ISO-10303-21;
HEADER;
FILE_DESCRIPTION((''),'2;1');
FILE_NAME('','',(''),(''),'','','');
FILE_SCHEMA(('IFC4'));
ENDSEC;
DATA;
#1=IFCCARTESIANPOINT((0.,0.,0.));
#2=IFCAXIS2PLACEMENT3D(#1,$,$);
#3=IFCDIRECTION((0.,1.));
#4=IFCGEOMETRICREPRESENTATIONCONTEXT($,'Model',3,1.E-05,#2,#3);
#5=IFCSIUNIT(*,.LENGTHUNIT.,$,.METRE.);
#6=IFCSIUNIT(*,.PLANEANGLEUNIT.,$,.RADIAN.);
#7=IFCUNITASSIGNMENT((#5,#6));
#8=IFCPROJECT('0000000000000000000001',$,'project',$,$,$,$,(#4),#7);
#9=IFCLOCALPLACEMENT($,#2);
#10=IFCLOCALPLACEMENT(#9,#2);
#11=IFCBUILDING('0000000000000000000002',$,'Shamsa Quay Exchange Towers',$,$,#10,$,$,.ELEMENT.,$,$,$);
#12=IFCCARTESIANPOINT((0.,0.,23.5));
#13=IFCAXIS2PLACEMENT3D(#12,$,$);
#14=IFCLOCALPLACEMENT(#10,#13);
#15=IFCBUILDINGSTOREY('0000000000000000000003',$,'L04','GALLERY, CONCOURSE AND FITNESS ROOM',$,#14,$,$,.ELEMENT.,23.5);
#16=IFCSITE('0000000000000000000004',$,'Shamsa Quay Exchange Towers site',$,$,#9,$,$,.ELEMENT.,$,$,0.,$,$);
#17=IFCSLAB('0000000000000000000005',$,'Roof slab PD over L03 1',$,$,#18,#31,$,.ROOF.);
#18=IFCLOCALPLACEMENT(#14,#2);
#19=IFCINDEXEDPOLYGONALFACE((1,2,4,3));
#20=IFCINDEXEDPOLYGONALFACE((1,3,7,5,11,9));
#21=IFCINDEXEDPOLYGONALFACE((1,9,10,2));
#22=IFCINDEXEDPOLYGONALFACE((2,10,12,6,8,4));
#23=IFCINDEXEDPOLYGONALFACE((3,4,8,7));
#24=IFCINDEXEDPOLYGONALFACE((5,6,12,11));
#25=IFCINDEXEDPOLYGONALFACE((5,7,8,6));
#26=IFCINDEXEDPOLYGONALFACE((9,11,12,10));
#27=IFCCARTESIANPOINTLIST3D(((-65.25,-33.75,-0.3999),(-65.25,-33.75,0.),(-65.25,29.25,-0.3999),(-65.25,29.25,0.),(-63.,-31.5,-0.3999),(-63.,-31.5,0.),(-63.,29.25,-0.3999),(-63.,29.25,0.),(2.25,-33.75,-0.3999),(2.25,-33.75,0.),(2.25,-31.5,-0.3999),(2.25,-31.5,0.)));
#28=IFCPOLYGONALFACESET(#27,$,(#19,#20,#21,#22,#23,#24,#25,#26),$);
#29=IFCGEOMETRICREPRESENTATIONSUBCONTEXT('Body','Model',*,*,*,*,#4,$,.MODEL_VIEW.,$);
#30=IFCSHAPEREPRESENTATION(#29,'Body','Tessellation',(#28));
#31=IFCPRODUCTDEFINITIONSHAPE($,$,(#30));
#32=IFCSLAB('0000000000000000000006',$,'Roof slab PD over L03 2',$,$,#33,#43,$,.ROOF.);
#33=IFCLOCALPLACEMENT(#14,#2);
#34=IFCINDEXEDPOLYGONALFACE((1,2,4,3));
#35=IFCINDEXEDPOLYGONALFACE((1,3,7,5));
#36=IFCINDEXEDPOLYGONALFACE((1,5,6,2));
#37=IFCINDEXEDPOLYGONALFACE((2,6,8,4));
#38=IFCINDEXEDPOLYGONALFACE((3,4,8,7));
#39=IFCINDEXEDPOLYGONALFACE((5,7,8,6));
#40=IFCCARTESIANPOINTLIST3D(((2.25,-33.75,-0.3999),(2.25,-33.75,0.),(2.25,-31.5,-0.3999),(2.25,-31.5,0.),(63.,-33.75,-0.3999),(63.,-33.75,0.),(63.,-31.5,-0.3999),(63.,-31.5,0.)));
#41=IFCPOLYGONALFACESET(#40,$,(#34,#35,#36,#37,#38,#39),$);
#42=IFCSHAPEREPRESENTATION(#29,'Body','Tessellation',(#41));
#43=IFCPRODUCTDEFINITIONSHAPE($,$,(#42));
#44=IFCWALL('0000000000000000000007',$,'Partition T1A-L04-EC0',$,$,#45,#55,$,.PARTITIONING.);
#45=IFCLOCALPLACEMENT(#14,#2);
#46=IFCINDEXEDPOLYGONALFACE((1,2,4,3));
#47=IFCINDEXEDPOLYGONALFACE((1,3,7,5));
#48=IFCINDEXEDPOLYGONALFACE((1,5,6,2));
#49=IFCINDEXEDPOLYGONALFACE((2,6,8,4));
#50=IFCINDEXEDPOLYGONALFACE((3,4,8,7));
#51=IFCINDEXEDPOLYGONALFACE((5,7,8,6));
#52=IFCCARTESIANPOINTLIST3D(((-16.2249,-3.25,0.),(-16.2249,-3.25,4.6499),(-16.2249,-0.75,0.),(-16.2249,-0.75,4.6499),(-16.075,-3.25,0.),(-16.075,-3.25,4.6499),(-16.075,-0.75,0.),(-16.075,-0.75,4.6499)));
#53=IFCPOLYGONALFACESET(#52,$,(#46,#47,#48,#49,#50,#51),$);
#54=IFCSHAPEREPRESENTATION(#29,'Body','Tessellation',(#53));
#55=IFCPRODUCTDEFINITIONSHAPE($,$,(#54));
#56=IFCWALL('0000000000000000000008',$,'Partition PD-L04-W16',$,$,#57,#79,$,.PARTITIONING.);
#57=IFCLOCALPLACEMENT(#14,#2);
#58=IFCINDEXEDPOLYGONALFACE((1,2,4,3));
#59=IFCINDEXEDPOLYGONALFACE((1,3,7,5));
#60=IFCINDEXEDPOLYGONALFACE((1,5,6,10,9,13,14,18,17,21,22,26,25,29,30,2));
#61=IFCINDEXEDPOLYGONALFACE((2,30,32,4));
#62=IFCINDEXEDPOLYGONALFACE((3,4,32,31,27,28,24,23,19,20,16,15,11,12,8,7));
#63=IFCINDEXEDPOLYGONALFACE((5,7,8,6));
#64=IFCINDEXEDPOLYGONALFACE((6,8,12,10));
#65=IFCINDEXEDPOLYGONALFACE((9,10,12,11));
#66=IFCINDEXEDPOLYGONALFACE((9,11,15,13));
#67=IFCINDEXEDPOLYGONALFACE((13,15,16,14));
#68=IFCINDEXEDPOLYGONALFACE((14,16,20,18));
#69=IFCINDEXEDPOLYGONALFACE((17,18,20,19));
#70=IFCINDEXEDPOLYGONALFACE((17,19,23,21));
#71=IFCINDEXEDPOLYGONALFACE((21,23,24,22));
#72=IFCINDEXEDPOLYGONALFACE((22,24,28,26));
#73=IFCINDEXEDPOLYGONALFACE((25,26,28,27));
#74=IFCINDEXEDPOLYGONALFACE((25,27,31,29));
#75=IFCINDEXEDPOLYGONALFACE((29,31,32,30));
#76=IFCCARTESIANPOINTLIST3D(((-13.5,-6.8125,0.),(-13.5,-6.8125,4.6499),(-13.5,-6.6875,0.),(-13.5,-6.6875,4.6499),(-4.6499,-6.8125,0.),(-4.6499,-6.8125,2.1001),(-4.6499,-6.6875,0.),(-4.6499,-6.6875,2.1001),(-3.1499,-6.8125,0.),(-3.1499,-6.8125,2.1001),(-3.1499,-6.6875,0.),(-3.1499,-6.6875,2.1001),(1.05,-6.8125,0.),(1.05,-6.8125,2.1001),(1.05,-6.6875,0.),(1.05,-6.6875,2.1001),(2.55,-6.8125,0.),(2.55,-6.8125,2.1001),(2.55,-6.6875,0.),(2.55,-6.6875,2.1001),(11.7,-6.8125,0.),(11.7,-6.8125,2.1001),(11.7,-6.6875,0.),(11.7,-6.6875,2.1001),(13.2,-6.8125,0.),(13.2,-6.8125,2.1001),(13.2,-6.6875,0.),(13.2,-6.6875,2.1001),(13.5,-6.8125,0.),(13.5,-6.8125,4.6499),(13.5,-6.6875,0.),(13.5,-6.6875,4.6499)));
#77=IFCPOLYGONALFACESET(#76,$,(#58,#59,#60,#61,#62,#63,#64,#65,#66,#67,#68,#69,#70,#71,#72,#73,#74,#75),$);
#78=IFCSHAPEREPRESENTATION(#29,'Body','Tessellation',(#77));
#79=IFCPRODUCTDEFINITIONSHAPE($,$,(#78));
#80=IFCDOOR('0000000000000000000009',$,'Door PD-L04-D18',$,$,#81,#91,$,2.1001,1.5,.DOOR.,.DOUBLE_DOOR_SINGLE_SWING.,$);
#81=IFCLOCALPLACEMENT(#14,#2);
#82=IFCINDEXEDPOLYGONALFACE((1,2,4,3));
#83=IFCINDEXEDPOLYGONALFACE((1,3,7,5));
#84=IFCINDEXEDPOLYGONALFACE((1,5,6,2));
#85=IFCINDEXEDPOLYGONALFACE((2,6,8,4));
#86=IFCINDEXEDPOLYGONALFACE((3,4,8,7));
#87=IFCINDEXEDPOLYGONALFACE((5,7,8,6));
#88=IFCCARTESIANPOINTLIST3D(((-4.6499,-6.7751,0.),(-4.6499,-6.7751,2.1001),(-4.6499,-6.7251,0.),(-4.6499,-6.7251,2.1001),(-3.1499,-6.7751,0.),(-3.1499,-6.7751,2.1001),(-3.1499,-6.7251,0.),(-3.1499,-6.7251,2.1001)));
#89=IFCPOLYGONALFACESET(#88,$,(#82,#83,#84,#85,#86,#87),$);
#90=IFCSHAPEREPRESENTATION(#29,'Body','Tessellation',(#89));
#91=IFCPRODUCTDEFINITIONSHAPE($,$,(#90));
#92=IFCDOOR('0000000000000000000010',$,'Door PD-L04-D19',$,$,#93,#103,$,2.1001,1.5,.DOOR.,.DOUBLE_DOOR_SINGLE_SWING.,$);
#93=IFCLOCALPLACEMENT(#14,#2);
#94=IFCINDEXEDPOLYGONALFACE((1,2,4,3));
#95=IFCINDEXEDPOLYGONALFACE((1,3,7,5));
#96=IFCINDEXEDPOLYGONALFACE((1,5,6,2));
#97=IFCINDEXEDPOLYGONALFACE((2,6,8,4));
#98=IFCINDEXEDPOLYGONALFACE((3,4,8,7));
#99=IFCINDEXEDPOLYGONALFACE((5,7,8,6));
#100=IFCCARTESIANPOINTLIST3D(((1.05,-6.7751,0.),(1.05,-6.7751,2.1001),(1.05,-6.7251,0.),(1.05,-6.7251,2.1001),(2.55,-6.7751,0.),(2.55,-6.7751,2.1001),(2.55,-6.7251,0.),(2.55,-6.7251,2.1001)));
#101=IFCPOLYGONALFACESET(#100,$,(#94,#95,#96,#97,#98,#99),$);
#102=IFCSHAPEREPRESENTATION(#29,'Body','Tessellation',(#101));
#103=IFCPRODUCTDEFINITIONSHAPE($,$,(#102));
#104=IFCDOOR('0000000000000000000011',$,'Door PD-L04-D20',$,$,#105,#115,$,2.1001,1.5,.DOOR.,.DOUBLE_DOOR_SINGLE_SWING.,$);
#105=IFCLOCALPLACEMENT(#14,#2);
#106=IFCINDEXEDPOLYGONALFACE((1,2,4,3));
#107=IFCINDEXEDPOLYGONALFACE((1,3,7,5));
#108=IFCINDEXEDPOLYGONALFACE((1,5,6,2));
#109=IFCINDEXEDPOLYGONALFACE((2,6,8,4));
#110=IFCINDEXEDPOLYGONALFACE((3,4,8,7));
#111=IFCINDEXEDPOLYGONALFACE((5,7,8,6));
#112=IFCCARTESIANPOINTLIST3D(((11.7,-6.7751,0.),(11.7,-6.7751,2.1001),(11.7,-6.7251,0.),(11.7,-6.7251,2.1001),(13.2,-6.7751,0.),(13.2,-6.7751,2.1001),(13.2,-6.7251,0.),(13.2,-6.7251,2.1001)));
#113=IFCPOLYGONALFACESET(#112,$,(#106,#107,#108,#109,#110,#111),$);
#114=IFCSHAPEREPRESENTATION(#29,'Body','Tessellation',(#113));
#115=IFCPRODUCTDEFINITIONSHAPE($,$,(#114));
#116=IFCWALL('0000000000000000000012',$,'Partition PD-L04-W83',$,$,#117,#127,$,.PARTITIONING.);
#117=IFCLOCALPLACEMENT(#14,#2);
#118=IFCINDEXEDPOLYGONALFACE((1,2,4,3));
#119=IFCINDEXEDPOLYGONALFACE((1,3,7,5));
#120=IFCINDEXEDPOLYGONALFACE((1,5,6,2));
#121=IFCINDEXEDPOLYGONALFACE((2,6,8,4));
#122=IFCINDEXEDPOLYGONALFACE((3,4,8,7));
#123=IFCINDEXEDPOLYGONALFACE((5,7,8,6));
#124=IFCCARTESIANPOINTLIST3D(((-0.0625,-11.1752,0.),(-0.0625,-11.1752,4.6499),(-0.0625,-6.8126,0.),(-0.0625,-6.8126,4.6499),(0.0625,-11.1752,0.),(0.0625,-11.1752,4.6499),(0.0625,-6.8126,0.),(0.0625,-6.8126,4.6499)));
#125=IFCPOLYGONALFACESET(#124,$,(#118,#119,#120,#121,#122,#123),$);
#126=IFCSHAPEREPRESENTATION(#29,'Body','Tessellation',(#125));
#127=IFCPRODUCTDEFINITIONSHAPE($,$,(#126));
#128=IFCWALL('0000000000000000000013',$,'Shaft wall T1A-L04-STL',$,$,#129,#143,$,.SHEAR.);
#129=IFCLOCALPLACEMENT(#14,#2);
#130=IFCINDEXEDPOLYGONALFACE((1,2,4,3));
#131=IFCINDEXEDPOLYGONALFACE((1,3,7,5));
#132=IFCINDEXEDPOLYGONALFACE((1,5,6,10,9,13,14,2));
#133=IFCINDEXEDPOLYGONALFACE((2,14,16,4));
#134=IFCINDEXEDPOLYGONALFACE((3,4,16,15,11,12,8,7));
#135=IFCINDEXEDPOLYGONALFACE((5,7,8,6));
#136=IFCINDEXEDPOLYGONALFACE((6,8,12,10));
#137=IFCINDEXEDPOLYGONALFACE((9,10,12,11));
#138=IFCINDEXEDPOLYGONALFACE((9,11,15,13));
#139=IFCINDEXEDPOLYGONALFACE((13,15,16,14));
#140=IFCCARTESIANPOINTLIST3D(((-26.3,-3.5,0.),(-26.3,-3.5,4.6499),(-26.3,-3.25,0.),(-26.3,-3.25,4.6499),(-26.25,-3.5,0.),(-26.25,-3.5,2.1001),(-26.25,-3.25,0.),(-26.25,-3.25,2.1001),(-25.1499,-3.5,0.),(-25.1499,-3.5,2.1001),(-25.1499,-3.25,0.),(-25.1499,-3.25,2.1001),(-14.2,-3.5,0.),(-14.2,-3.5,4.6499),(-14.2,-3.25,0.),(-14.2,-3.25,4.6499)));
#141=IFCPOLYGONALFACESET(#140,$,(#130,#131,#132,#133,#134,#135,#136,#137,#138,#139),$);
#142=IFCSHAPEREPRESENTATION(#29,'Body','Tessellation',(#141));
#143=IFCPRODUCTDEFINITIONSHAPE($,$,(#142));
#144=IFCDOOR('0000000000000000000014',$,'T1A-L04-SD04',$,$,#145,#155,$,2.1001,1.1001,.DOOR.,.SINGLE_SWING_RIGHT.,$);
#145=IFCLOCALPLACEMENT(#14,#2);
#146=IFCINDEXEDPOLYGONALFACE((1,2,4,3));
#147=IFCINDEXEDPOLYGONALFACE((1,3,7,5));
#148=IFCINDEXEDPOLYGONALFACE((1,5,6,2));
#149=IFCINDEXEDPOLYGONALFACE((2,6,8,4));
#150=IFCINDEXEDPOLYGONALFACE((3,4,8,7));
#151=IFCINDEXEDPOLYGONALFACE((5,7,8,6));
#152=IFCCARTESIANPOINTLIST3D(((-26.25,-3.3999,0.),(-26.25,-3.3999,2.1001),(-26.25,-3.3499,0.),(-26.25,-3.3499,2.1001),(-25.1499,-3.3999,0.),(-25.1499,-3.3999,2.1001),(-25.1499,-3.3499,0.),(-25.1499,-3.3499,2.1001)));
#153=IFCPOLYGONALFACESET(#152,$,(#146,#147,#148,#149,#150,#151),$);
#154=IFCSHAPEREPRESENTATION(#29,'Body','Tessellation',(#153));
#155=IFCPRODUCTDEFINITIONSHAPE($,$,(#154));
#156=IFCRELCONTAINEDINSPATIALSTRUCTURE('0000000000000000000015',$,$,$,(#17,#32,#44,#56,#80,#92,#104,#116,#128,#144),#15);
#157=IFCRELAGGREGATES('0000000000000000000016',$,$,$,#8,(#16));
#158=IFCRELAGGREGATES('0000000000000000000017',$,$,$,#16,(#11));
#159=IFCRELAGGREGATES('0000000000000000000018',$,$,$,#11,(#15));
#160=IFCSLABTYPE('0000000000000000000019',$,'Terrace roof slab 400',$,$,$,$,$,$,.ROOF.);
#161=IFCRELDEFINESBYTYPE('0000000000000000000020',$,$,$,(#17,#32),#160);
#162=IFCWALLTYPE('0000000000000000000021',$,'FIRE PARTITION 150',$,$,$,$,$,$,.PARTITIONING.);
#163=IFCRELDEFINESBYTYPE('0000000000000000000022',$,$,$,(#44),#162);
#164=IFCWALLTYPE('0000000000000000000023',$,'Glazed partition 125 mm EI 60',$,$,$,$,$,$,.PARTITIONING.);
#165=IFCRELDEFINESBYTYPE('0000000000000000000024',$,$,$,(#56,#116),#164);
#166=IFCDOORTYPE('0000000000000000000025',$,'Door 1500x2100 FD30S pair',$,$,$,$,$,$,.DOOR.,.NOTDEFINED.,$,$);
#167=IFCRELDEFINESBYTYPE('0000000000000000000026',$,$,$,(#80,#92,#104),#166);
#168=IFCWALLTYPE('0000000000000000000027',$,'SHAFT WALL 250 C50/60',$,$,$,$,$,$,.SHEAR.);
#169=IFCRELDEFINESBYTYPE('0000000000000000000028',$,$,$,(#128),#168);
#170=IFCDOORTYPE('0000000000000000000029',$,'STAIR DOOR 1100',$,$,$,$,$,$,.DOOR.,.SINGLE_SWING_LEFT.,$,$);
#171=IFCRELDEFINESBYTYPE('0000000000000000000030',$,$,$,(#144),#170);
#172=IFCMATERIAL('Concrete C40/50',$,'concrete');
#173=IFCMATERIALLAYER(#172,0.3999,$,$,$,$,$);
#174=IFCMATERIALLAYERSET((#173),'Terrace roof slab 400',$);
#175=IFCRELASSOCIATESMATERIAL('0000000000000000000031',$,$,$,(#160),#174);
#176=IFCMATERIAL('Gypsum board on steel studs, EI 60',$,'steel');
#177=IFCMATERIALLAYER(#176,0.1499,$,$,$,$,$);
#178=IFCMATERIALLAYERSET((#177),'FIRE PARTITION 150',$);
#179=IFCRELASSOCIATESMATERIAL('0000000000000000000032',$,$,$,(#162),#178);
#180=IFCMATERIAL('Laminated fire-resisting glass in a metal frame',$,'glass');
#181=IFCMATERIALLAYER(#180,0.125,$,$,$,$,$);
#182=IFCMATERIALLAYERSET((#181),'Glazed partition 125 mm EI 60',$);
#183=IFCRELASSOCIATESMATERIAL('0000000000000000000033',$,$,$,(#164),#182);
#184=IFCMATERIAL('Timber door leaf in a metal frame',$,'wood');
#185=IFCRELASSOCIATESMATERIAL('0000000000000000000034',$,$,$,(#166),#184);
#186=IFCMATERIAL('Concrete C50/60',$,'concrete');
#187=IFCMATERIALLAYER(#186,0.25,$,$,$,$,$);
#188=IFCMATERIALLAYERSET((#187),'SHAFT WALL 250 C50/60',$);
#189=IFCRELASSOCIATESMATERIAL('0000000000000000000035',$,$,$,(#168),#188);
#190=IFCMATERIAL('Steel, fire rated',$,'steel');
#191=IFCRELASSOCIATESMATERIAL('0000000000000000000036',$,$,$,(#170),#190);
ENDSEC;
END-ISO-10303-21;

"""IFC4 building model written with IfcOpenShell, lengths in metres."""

from ifc_helpers import new_model, si_unit, direction, frame, frame_2d, origin, place, context, subcontext, project, spatial, polyline, rectangle, outline, extrude, material, layer, layer_set, type_object, element, fill, save


model = new_model("IFC4")

# Units and contexts
model_context = context("Model", 3, precision=1e-05, world=origin(), true_north=direction((0.0, 1.0)))
body_context = subcontext(model_context, "Body", "Model", "MODEL_VIEW")
ifc_project = project(units=[si_unit("LENGTHUNIT", "METRE"), si_unit("PLANEANGLEUNIT", "RADIAN")], contexts=[model_context])

# Site, building, storey
site_placement = place(None, origin())
site = spatial("IfcSite", under=ifc_project, at=site_placement, Name="Shamsa Quay Exchange Towers site", CompositionType="ELEMENT", RefElevation=0.0)
building_placement = place(site_placement, origin())
building = spatial("IfcBuilding", under=site, at=building_placement, Name="Shamsa Quay Exchange Towers", CompositionType="ELEMENT")
storey_placement = place(building_placement, frame((0.0, 0.0, 23.5)))
storey = spatial("IfcBuildingStorey", under=building, at=storey_placement, Name="L04", Description="GALLERY, CONCOURSE AND FITNESS ROOM", CompositionType="ELEMENT", Elevation=23.5)

# Shared definitions
ifc_material_1 = material(Name="Concrete C40/50", Category="concrete")

# Slabs
ifc_layer_1 = layer(ifc_material_1, 0.3999)
ifc_layer_set_1 = layer_set([ifc_layer_1], Name="Terrace roof slab 400")
slab_type_1 = type_object("IfcSlabType", Name="Terrace roof slab 400", PredefinedType="ROOF", material=ifc_layer_set_1)
slab_1_placement = place(storey_placement, frame((0.0, 0.0, -0.3999)))
element("IfcSlab", 1, at=slab_1_placement, inside=storey, type_object=slab_type_1, Name="Roof slab PD over L03 1", PredefinedType="ROOF", context=body_context, shape_type="SweptSolid", body=[
    extrude(outline(polyline([(-65.25, -33.75), (2.25, -33.75), (2.25, -31.5), (-63.0, -31.5), (-63.0, 29.25), (-65.25, 29.25), (-65.25, -33.75)])), origin(), (0.0, 0.0, 1.0), 0.3999),
])
slab_2_placement = place(storey_placement, frame((0.0, 0.0, -0.3999)))
element("IfcSlab", 2, at=slab_2_placement, inside=storey, type_object=slab_type_1, Name="Roof slab PD over L03 2", PredefinedType="ROOF", context=body_context, shape_type="SweptSolid", body=[
    extrude(outline(polyline([(2.25, -33.75), (63.0, -33.75), (63.0, -31.5), (2.25, -31.5), (2.25, -33.75)])), origin(), (0.0, 0.0, 1.0), 0.3999),
])

# Wall
ifc_material_2 = material(Name="Gypsum board on steel studs, EI 60", Category="steel")
ifc_layer_2 = layer(ifc_material_2, 0.1499)
ifc_layer_set_2 = layer_set([ifc_layer_2], Name="FIRE PARTITION 150")
wall_type_1 = type_object("IfcWallType", Name="FIRE PARTITION 150", PredefinedType="PARTITIONING", material=ifc_layer_set_2)
wall_1_placement = place(storey_placement, frame((-16.1499, -3.25, 0.0), z_axis=(0.0, 0.0, 1.0), x_axis=(0.0, 1.0, 0.0)))
element("IfcWall", 3, at=wall_1_placement, inside=storey, type_object=wall_type_1, Name="Partition T1A-L04-EC0", PredefinedType="PARTITIONING", context=body_context, shape_type="SweptSolid", body=[
    extrude(rectangle(XDim=2.5, YDim=0.1499, at=frame_2d((1.25, 0.0))), origin(), (0.0, 0.0, 1.0), 4.6499),
])

# Wall, openings, doors
ifc_material_3 = material(Name="Laminated fire-resisting glass in a metal frame", Category="glass")
ifc_layer_3 = layer(ifc_material_3, 0.125)
ifc_layer_set_3 = layer_set([ifc_layer_3], Name="Glazed partition 125 mm EI 60")
wall_type_2 = type_object("IfcWallType", Name="Glazed partition 125 mm EI 60", PredefinedType="PARTITIONING", material=ifc_layer_set_3)
wall_2_placement = place(storey_placement, frame((-13.5, -6.75, 0.0)))
wall_2 = element("IfcWall", 4, at=wall_2_placement, inside=storey, type_object=wall_type_2, Name="Partition PD-L04-W16", PredefinedType="PARTITIONING", context=body_context, shape_type="SweptSolid", body=[
    extrude(rectangle(XDim=27.0, YDim=0.125, at=frame_2d((13.5, 0.0))), origin(), (0.0, 0.0, 1.0), 4.6499),
])
opening_1_placement = place(wall_2_placement, frame((8.8501, 0.0, 0.0)))
opening_1 = element("IfcOpeningElement", 5, at=opening_1_placement, cuts=wall_2, PredefinedType="OPENING", context=body_context, shape_type="SweptSolid", body=[
    extrude(rectangle(XDim=1.5, YDim=2.1001, at=frame_2d((0.75, 1.05))), frame((0.0, 0.0725, 0.0), z_axis=(0.0, -1.0, 0.0), x_axis=(1.0, 0.0, 0.0)), (0.0, 0.0, 1.0), 0.145),
])
opening_2_placement = place(wall_2_placement, frame((14.55, 0.0, 0.0)))
opening_2 = element("IfcOpeningElement", 6, at=opening_2_placement, cuts=wall_2, PredefinedType="OPENING", context=body_context, shape_type="SweptSolid", body=[
    extrude(rectangle(XDim=1.5, YDim=2.1001, at=frame_2d((0.75, 1.05))), frame((0.0, 0.0725, 0.0), z_axis=(0.0, -1.0, 0.0), x_axis=(1.0, 0.0, 0.0)), (0.0, 0.0, 1.0), 0.145),
])
opening_3_placement = place(wall_2_placement, frame((25.2, 0.0, 0.0)))
opening_3 = element("IfcOpeningElement", 7, at=opening_3_placement, cuts=wall_2, PredefinedType="OPENING", context=body_context, shape_type="SweptSolid", body=[
    extrude(rectangle(XDim=1.5, YDim=2.1001, at=frame_2d((0.75, 1.05))), frame((0.0, 0.0725, 0.0), z_axis=(0.0, -1.0, 0.0), x_axis=(1.0, 0.0, 0.0)), (0.0, 0.0, 1.0), 0.145),
])
ifc_material_4 = material(Name="Timber door leaf in a metal frame", Category="wood")
door_type_1 = type_object("IfcDoorType", Name="Door 1500x2100 FD30S pair", OperationType="NOTDEFINED", PredefinedType="DOOR", material=ifc_material_4)
door_1_placement = place(opening_1_placement, origin())
door_1 = element("IfcDoor", 8, at=door_1_placement, inside=storey, type_object=door_type_1, Name="Door PD-L04-D18", OperationType="DOUBLE_DOOR_SINGLE_SWING", OverallHeight=2.1001, OverallWidth=1.5, PredefinedType="DOOR", context=body_context, shape_type="SweptSolid", body=[
    extrude(rectangle(XDim=1.5, YDim=2.1001, at=frame_2d((0.75, 1.05))), frame((0.0, 0.0249, 0.0), z_axis=(0.0, -1.0, 0.0), x_axis=(1.0, 0.0, 0.0)), (0.0, 0.0, 1.0), 0.05),
])
fill(opening_1, door_1)
door_2_placement = place(opening_2_placement, origin())
door_2 = element("IfcDoor", 9, at=door_2_placement, inside=storey, type_object=door_type_1, Name="Door PD-L04-D19", OperationType="DOUBLE_DOOR_SINGLE_SWING", OverallHeight=2.1001, OverallWidth=1.5, PredefinedType="DOOR", context=body_context, shape_type="SweptSolid", body=[
    extrude(rectangle(XDim=1.5, YDim=2.1001, at=frame_2d((0.75, 1.05))), frame((0.0, 0.0249, 0.0), z_axis=(0.0, -1.0, 0.0), x_axis=(1.0, 0.0, 0.0)), (0.0, 0.0, 1.0), 0.05),
])
fill(opening_2, door_2)
door_3_placement = place(opening_3_placement, origin())
door_3 = element("IfcDoor", 10, at=door_3_placement, inside=storey, type_object=door_type_1, Name="Door PD-L04-D20", OperationType="DOUBLE_DOOR_SINGLE_SWING", OverallHeight=2.1001, OverallWidth=1.5, PredefinedType="DOOR", context=body_context, shape_type="SweptSolid", body=[
    extrude(rectangle(XDim=1.5, YDim=2.1001, at=frame_2d((0.75, 1.05))), frame((0.0, 0.0249, 0.0), z_axis=(0.0, -1.0, 0.0), x_axis=(1.0, 0.0, 0.0)), (0.0, 0.0, 1.0), 0.05),
])
fill(opening_3, door_3)

# Wall
wall_3_placement = place(storey_placement, frame((0.0, -11.175, 0.0), z_axis=(0.0, 0.0, 1.0), x_axis=(0.0, 1.0, 0.0)))
element("IfcWall", 11, at=wall_3_placement, inside=storey, type_object=wall_type_2, Name="Partition PD-L04-W83", PredefinedType="PARTITIONING", context=body_context, shape_type="SweptSolid", body=[
    extrude(rectangle(XDim=4.3625, YDim=0.125, at=frame_2d((2.1812, 0.0))), origin(), (0.0, 0.0, 1.0), 4.6499),
])

# Wall, opening, door
ifc_material_5 = material(Name="Concrete C50/60", Category="concrete")
ifc_layer_4 = layer(ifc_material_5, 0.25)
ifc_layer_set_4 = layer_set([ifc_layer_4], Name="SHAFT WALL 250 C50/60")
wall_type_3 = type_object("IfcWallType", Name="SHAFT WALL 250 C50/60", PredefinedType="SHEAR", material=ifc_layer_set_4)
wall_4_placement = place(storey_placement, frame((-14.2, -3.375, 0.0), z_axis=(0.0, 0.0, 1.0), x_axis=(-1.0, 0.0, 0.0)))
wall_4 = element("IfcWall", 12, at=wall_4_placement, inside=storey, type_object=wall_type_3, Name="Shaft wall T1A-L04-STL", PredefinedType="SHEAR", context=body_context, shape_type="SweptSolid", body=[
    extrude(rectangle(XDim=12.1001, YDim=0.25, at=frame_2d((6.05, 0.0))), origin(), (0.0, 0.0, 1.0), 4.6499),
])
opening_4_placement = place(wall_4_placement, frame((10.95, 0.0, 0.0)))
opening_4 = element("IfcOpeningElement", 13, at=opening_4_placement, cuts=wall_4, PredefinedType="OPENING", context=body_context, shape_type="SweptSolid", body=[
    extrude(rectangle(XDim=1.1001, YDim=2.1001, at=frame_2d((0.55, 1.05))), frame((0.0, 0.135, 0.0), z_axis=(0.0, -1.0, 0.0), x_axis=(1.0, 0.0, 0.0)), (0.0, 0.0, 1.0), 0.27),
])
ifc_material_6 = material(Name="Steel, fire rated", Category="steel")
door_type_2 = type_object("IfcDoorType", Name="STAIR DOOR 1100", OperationType="SINGLE_SWING_LEFT", PredefinedType="DOOR", material=ifc_material_6)
door_4_placement = place(opening_4_placement, origin())
door_4 = element("IfcDoor", 14, at=door_4_placement, inside=storey, type_object=door_type_2, Name="T1A-L04-SD04", OperationType="SINGLE_SWING_RIGHT", OverallHeight=2.1001, OverallWidth=1.1001, PredefinedType="DOOR", context=body_context, shape_type="SweptSolid", body=[
    extrude(rectangle(XDim=1.1001, YDim=2.1001, at=frame_2d((0.55, 1.05))), frame((0.0, 0.0249, 0.0), z_axis=(0.0, -1.0, 0.0), x_axis=(1.0, 0.0, 0.0)), (0.0, 0.0, 1.0), 0.05),
])
fill(opening_4, door_4)

save(model, "model.ifc")
